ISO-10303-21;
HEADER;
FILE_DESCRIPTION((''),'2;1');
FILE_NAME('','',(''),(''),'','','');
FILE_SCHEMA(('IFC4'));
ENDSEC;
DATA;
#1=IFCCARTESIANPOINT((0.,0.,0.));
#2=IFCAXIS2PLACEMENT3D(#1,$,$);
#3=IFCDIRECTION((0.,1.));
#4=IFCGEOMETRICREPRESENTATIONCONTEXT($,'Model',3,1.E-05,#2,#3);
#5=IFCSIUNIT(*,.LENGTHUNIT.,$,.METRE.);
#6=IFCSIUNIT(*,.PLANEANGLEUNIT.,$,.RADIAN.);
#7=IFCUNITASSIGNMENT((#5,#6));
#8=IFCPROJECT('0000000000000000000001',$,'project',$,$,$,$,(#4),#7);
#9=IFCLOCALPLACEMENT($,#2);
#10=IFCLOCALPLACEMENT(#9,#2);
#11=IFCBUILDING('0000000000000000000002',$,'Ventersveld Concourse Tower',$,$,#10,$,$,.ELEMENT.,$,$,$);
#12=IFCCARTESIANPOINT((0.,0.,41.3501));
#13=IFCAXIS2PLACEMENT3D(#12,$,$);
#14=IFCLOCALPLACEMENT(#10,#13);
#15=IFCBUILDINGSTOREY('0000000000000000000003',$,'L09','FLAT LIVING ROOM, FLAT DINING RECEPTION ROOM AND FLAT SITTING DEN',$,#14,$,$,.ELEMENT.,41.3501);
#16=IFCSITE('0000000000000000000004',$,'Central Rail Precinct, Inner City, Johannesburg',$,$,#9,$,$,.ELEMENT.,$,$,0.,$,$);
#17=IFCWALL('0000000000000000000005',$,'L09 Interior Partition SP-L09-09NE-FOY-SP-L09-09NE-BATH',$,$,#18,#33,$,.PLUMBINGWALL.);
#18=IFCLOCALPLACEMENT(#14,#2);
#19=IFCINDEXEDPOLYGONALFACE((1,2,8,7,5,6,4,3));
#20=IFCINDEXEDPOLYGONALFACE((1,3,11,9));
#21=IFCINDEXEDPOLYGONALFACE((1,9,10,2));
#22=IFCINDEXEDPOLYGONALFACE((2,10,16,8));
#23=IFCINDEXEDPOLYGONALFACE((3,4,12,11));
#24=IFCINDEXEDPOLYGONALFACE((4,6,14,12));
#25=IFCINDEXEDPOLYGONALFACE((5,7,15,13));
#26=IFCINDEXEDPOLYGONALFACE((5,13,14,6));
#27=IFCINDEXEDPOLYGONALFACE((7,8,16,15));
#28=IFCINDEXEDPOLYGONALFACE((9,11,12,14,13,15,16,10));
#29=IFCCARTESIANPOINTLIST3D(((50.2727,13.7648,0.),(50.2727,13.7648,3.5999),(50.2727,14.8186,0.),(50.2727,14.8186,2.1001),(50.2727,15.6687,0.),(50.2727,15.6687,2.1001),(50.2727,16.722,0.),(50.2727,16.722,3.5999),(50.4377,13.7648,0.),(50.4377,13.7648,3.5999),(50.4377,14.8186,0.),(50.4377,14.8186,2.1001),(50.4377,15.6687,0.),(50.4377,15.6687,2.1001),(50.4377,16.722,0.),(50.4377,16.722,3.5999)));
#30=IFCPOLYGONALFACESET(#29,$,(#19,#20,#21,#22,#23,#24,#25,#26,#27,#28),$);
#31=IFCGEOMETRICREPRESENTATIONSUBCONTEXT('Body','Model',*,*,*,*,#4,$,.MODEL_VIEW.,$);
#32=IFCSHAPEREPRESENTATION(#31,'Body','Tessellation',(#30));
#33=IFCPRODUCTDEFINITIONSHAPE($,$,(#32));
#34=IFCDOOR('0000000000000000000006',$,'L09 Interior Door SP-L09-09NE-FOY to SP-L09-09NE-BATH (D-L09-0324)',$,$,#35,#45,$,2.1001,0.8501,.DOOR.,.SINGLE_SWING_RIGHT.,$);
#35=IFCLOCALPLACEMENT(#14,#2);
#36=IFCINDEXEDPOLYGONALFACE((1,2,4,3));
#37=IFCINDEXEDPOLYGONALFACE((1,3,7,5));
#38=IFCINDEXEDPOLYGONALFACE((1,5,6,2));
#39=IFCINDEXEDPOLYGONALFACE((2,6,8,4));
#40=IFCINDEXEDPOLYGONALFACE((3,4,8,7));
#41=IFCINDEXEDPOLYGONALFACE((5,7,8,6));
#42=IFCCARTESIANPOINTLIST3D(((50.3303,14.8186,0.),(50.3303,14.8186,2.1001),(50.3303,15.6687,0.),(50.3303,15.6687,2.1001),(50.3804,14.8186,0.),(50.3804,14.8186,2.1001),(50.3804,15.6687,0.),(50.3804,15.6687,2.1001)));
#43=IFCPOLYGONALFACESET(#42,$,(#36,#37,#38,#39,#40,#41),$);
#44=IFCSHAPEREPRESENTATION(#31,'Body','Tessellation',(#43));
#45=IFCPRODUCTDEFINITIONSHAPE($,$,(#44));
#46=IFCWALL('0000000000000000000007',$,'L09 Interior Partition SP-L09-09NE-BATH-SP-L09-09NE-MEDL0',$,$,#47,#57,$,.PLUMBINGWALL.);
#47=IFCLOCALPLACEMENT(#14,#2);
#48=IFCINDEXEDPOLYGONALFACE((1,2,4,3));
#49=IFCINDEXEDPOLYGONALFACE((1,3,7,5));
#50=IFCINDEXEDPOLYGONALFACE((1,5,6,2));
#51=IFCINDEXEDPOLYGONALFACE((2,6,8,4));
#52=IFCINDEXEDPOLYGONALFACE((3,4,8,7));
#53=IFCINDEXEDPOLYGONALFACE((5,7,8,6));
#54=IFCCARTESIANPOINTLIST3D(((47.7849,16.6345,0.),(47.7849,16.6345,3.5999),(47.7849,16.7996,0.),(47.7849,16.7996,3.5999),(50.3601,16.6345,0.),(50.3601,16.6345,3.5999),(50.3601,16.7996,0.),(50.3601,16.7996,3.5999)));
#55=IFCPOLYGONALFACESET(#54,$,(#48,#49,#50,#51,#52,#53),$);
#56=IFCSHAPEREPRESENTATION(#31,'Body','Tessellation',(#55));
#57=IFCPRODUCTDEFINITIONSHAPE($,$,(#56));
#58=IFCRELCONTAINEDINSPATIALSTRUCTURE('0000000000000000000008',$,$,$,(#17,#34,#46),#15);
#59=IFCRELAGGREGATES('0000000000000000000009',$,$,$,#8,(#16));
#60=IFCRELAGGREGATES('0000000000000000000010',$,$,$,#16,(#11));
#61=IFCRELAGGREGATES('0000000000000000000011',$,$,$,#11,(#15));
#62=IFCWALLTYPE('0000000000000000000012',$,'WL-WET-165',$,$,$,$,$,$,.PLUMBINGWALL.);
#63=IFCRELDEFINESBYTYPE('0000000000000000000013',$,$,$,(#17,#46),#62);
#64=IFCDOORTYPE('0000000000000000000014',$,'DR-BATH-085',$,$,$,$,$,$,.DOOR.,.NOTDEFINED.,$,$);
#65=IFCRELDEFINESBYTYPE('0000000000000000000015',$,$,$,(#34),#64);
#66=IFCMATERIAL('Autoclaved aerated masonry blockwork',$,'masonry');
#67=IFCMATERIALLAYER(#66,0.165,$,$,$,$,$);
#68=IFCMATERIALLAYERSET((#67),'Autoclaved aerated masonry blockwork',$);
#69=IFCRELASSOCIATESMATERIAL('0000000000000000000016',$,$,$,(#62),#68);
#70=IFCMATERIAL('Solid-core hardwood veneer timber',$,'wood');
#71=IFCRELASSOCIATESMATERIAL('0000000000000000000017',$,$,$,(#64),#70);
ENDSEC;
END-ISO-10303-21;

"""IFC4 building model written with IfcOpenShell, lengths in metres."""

from ifc_helpers import new_model, si_unit, direction, frame, frame_2d, origin, place, context, subcontext, project, spatial, rectangle, extrude, material, layer, layer_set, type_object, element, fill, save


model = new_model("IFC4")

# Units and contexts
model_context = context("Model", 3, precision=1e-05, world=origin(), true_north=direction((0.0, 1.0)))
body_context = subcontext(model_context, "Body", "Model", "MODEL_VIEW")
ifc_project = project(units=[si_unit("LENGTHUNIT", "METRE"), si_unit("PLANEANGLEUNIT", "RADIAN")], contexts=[model_context])

# Site, building, storey
site_placement = place(None, origin())
site = spatial("IfcSite", under=ifc_project, at=site_placement, Name="Central Rail Precinct, Inner City, Johannesburg", CompositionType="ELEMENT", RefElevation=0.0)
building_placement = place(site_placement, origin())
building = spatial("IfcBuilding", under=site, at=building_placement, Name="Ventersveld Concourse Tower", CompositionType="ELEMENT")
storey_placement = place(building_placement, frame((0.0, 0.0, 41.3501)))
storey = spatial("IfcBuildingStorey", under=building, at=storey_placement, Name="L09", Description="FLAT LIVING ROOM, FLAT DINING RECEPTION ROOM AND FLAT SITTING DEN", CompositionType="ELEMENT", Elevation=41.3501)

# Shared definitions
ifc_material_1 = material(Name="Solid-core hardwood veneer timber", Category="wood")

# Wall, opening, door
ifc_material_2 = material(Name="Autoclaved aerated masonry blockwork", Category="masonry")
ifc_layer_1 = layer(ifc_material_2, 0.165)
ifc_layer_set_1 = layer_set([ifc_layer_1], Name="Autoclaved aerated masonry blockwork")
wall_type_1 = type_object("IfcWallType", Name="WL-WET-165", PredefinedType="PLUMBINGWALL", material=ifc_layer_set_1)
wall_1_placement = place(storey_placement, frame((50.3552, 13.7649, 0.0), z_axis=(0.0, 0.0, 1.0), x_axis=(0.0, 1.0, 0.0)))
wall_1 = element("IfcWall", 1, at=wall_1_placement, inside=storey, type_object=wall_type_1, Name="L09 Interior Partition SP-L09-09NE-FOY-SP-L09-09NE-BATH", PredefinedType="PLUMBINGWALL", context=body_context, shape_type="SweptSolid", body=[
    extrude(rectangle(XDim=2.9573, YDim=0.165, at=frame_2d((1.4785, 0.0))), origin(), (0.0, 0.0, 1.0), 3.5999),
])
opening_1_placement = place(wall_1_placement, frame((1.0537, 0.0, 0.0)))
opening_1 = element("IfcOpeningElement", 2, at=opening_1_placement, cuts=wall_1, PredefinedType="OPENING", context=body_context, shape_type="SweptSolid", body=[
    extrude(rectangle(XDim=0.8501, YDim=2.1001, at=frame_2d((0.425, 1.05))), frame((0.0, 0.0925, 0.0), z_axis=(0.0, -1.0, 0.0), x_axis=(1.0, 0.0, 0.0)), (0.0, 0.0, 1.0), 0.1851),
])
door_type_1 = type_object("IfcDoorType", Name="DR-BATH-085", OperationType="NOTDEFINED", PredefinedType="DOOR", material=ifc_material_1)
door_1_placement = place(opening_1_placement, origin())
door_1 = element("IfcDoor", 3, at=door_1_placement, inside=storey, type_object=door_type_1, Name="L09 Interior Door SP-L09-09NE-FOY to SP-L09-09NE-BATH (D-L09-0324)", OperationType="SINGLE_SWING_RIGHT", OverallHeight=2.1001, OverallWidth=0.8501, PredefinedType="DOOR", context=body_context, shape_type="SweptSolid", body=[
    extrude(rectangle(XDim=0.8501, YDim=2.1001, at=frame_2d((0.425, 1.05))), frame((0.0, 0.0249, 0.0), z_axis=(0.0, -1.0, 0.0), x_axis=(1.0, 0.0, 0.0)), (0.0, 0.0, 1.0), 0.05),
])
fill(opening_1, door_1)

# Wall
wall_2_placement = place(storey_placement, frame((47.7849, 16.717, 0.0), z_axis=(0.0, 0.0, 1.0), x_axis=(1.0, 0.0, 0.0)))
element("IfcWall", 4, at=wall_2_placement, inside=storey, type_object=wall_type_1, Name="L09 Interior Partition SP-L09-09NE-BATH-SP-L09-09NE-MEDL0", PredefinedType="PLUMBINGWALL", context=body_context, shape_type="SweptSolid", body=[
    extrude(rectangle(XDim=2.5752, YDim=0.165, at=frame_2d((1.2876, 0.0))), origin(), (0.0, 0.0, 1.0), 3.5999),
])

save(model, "model.ifc")
